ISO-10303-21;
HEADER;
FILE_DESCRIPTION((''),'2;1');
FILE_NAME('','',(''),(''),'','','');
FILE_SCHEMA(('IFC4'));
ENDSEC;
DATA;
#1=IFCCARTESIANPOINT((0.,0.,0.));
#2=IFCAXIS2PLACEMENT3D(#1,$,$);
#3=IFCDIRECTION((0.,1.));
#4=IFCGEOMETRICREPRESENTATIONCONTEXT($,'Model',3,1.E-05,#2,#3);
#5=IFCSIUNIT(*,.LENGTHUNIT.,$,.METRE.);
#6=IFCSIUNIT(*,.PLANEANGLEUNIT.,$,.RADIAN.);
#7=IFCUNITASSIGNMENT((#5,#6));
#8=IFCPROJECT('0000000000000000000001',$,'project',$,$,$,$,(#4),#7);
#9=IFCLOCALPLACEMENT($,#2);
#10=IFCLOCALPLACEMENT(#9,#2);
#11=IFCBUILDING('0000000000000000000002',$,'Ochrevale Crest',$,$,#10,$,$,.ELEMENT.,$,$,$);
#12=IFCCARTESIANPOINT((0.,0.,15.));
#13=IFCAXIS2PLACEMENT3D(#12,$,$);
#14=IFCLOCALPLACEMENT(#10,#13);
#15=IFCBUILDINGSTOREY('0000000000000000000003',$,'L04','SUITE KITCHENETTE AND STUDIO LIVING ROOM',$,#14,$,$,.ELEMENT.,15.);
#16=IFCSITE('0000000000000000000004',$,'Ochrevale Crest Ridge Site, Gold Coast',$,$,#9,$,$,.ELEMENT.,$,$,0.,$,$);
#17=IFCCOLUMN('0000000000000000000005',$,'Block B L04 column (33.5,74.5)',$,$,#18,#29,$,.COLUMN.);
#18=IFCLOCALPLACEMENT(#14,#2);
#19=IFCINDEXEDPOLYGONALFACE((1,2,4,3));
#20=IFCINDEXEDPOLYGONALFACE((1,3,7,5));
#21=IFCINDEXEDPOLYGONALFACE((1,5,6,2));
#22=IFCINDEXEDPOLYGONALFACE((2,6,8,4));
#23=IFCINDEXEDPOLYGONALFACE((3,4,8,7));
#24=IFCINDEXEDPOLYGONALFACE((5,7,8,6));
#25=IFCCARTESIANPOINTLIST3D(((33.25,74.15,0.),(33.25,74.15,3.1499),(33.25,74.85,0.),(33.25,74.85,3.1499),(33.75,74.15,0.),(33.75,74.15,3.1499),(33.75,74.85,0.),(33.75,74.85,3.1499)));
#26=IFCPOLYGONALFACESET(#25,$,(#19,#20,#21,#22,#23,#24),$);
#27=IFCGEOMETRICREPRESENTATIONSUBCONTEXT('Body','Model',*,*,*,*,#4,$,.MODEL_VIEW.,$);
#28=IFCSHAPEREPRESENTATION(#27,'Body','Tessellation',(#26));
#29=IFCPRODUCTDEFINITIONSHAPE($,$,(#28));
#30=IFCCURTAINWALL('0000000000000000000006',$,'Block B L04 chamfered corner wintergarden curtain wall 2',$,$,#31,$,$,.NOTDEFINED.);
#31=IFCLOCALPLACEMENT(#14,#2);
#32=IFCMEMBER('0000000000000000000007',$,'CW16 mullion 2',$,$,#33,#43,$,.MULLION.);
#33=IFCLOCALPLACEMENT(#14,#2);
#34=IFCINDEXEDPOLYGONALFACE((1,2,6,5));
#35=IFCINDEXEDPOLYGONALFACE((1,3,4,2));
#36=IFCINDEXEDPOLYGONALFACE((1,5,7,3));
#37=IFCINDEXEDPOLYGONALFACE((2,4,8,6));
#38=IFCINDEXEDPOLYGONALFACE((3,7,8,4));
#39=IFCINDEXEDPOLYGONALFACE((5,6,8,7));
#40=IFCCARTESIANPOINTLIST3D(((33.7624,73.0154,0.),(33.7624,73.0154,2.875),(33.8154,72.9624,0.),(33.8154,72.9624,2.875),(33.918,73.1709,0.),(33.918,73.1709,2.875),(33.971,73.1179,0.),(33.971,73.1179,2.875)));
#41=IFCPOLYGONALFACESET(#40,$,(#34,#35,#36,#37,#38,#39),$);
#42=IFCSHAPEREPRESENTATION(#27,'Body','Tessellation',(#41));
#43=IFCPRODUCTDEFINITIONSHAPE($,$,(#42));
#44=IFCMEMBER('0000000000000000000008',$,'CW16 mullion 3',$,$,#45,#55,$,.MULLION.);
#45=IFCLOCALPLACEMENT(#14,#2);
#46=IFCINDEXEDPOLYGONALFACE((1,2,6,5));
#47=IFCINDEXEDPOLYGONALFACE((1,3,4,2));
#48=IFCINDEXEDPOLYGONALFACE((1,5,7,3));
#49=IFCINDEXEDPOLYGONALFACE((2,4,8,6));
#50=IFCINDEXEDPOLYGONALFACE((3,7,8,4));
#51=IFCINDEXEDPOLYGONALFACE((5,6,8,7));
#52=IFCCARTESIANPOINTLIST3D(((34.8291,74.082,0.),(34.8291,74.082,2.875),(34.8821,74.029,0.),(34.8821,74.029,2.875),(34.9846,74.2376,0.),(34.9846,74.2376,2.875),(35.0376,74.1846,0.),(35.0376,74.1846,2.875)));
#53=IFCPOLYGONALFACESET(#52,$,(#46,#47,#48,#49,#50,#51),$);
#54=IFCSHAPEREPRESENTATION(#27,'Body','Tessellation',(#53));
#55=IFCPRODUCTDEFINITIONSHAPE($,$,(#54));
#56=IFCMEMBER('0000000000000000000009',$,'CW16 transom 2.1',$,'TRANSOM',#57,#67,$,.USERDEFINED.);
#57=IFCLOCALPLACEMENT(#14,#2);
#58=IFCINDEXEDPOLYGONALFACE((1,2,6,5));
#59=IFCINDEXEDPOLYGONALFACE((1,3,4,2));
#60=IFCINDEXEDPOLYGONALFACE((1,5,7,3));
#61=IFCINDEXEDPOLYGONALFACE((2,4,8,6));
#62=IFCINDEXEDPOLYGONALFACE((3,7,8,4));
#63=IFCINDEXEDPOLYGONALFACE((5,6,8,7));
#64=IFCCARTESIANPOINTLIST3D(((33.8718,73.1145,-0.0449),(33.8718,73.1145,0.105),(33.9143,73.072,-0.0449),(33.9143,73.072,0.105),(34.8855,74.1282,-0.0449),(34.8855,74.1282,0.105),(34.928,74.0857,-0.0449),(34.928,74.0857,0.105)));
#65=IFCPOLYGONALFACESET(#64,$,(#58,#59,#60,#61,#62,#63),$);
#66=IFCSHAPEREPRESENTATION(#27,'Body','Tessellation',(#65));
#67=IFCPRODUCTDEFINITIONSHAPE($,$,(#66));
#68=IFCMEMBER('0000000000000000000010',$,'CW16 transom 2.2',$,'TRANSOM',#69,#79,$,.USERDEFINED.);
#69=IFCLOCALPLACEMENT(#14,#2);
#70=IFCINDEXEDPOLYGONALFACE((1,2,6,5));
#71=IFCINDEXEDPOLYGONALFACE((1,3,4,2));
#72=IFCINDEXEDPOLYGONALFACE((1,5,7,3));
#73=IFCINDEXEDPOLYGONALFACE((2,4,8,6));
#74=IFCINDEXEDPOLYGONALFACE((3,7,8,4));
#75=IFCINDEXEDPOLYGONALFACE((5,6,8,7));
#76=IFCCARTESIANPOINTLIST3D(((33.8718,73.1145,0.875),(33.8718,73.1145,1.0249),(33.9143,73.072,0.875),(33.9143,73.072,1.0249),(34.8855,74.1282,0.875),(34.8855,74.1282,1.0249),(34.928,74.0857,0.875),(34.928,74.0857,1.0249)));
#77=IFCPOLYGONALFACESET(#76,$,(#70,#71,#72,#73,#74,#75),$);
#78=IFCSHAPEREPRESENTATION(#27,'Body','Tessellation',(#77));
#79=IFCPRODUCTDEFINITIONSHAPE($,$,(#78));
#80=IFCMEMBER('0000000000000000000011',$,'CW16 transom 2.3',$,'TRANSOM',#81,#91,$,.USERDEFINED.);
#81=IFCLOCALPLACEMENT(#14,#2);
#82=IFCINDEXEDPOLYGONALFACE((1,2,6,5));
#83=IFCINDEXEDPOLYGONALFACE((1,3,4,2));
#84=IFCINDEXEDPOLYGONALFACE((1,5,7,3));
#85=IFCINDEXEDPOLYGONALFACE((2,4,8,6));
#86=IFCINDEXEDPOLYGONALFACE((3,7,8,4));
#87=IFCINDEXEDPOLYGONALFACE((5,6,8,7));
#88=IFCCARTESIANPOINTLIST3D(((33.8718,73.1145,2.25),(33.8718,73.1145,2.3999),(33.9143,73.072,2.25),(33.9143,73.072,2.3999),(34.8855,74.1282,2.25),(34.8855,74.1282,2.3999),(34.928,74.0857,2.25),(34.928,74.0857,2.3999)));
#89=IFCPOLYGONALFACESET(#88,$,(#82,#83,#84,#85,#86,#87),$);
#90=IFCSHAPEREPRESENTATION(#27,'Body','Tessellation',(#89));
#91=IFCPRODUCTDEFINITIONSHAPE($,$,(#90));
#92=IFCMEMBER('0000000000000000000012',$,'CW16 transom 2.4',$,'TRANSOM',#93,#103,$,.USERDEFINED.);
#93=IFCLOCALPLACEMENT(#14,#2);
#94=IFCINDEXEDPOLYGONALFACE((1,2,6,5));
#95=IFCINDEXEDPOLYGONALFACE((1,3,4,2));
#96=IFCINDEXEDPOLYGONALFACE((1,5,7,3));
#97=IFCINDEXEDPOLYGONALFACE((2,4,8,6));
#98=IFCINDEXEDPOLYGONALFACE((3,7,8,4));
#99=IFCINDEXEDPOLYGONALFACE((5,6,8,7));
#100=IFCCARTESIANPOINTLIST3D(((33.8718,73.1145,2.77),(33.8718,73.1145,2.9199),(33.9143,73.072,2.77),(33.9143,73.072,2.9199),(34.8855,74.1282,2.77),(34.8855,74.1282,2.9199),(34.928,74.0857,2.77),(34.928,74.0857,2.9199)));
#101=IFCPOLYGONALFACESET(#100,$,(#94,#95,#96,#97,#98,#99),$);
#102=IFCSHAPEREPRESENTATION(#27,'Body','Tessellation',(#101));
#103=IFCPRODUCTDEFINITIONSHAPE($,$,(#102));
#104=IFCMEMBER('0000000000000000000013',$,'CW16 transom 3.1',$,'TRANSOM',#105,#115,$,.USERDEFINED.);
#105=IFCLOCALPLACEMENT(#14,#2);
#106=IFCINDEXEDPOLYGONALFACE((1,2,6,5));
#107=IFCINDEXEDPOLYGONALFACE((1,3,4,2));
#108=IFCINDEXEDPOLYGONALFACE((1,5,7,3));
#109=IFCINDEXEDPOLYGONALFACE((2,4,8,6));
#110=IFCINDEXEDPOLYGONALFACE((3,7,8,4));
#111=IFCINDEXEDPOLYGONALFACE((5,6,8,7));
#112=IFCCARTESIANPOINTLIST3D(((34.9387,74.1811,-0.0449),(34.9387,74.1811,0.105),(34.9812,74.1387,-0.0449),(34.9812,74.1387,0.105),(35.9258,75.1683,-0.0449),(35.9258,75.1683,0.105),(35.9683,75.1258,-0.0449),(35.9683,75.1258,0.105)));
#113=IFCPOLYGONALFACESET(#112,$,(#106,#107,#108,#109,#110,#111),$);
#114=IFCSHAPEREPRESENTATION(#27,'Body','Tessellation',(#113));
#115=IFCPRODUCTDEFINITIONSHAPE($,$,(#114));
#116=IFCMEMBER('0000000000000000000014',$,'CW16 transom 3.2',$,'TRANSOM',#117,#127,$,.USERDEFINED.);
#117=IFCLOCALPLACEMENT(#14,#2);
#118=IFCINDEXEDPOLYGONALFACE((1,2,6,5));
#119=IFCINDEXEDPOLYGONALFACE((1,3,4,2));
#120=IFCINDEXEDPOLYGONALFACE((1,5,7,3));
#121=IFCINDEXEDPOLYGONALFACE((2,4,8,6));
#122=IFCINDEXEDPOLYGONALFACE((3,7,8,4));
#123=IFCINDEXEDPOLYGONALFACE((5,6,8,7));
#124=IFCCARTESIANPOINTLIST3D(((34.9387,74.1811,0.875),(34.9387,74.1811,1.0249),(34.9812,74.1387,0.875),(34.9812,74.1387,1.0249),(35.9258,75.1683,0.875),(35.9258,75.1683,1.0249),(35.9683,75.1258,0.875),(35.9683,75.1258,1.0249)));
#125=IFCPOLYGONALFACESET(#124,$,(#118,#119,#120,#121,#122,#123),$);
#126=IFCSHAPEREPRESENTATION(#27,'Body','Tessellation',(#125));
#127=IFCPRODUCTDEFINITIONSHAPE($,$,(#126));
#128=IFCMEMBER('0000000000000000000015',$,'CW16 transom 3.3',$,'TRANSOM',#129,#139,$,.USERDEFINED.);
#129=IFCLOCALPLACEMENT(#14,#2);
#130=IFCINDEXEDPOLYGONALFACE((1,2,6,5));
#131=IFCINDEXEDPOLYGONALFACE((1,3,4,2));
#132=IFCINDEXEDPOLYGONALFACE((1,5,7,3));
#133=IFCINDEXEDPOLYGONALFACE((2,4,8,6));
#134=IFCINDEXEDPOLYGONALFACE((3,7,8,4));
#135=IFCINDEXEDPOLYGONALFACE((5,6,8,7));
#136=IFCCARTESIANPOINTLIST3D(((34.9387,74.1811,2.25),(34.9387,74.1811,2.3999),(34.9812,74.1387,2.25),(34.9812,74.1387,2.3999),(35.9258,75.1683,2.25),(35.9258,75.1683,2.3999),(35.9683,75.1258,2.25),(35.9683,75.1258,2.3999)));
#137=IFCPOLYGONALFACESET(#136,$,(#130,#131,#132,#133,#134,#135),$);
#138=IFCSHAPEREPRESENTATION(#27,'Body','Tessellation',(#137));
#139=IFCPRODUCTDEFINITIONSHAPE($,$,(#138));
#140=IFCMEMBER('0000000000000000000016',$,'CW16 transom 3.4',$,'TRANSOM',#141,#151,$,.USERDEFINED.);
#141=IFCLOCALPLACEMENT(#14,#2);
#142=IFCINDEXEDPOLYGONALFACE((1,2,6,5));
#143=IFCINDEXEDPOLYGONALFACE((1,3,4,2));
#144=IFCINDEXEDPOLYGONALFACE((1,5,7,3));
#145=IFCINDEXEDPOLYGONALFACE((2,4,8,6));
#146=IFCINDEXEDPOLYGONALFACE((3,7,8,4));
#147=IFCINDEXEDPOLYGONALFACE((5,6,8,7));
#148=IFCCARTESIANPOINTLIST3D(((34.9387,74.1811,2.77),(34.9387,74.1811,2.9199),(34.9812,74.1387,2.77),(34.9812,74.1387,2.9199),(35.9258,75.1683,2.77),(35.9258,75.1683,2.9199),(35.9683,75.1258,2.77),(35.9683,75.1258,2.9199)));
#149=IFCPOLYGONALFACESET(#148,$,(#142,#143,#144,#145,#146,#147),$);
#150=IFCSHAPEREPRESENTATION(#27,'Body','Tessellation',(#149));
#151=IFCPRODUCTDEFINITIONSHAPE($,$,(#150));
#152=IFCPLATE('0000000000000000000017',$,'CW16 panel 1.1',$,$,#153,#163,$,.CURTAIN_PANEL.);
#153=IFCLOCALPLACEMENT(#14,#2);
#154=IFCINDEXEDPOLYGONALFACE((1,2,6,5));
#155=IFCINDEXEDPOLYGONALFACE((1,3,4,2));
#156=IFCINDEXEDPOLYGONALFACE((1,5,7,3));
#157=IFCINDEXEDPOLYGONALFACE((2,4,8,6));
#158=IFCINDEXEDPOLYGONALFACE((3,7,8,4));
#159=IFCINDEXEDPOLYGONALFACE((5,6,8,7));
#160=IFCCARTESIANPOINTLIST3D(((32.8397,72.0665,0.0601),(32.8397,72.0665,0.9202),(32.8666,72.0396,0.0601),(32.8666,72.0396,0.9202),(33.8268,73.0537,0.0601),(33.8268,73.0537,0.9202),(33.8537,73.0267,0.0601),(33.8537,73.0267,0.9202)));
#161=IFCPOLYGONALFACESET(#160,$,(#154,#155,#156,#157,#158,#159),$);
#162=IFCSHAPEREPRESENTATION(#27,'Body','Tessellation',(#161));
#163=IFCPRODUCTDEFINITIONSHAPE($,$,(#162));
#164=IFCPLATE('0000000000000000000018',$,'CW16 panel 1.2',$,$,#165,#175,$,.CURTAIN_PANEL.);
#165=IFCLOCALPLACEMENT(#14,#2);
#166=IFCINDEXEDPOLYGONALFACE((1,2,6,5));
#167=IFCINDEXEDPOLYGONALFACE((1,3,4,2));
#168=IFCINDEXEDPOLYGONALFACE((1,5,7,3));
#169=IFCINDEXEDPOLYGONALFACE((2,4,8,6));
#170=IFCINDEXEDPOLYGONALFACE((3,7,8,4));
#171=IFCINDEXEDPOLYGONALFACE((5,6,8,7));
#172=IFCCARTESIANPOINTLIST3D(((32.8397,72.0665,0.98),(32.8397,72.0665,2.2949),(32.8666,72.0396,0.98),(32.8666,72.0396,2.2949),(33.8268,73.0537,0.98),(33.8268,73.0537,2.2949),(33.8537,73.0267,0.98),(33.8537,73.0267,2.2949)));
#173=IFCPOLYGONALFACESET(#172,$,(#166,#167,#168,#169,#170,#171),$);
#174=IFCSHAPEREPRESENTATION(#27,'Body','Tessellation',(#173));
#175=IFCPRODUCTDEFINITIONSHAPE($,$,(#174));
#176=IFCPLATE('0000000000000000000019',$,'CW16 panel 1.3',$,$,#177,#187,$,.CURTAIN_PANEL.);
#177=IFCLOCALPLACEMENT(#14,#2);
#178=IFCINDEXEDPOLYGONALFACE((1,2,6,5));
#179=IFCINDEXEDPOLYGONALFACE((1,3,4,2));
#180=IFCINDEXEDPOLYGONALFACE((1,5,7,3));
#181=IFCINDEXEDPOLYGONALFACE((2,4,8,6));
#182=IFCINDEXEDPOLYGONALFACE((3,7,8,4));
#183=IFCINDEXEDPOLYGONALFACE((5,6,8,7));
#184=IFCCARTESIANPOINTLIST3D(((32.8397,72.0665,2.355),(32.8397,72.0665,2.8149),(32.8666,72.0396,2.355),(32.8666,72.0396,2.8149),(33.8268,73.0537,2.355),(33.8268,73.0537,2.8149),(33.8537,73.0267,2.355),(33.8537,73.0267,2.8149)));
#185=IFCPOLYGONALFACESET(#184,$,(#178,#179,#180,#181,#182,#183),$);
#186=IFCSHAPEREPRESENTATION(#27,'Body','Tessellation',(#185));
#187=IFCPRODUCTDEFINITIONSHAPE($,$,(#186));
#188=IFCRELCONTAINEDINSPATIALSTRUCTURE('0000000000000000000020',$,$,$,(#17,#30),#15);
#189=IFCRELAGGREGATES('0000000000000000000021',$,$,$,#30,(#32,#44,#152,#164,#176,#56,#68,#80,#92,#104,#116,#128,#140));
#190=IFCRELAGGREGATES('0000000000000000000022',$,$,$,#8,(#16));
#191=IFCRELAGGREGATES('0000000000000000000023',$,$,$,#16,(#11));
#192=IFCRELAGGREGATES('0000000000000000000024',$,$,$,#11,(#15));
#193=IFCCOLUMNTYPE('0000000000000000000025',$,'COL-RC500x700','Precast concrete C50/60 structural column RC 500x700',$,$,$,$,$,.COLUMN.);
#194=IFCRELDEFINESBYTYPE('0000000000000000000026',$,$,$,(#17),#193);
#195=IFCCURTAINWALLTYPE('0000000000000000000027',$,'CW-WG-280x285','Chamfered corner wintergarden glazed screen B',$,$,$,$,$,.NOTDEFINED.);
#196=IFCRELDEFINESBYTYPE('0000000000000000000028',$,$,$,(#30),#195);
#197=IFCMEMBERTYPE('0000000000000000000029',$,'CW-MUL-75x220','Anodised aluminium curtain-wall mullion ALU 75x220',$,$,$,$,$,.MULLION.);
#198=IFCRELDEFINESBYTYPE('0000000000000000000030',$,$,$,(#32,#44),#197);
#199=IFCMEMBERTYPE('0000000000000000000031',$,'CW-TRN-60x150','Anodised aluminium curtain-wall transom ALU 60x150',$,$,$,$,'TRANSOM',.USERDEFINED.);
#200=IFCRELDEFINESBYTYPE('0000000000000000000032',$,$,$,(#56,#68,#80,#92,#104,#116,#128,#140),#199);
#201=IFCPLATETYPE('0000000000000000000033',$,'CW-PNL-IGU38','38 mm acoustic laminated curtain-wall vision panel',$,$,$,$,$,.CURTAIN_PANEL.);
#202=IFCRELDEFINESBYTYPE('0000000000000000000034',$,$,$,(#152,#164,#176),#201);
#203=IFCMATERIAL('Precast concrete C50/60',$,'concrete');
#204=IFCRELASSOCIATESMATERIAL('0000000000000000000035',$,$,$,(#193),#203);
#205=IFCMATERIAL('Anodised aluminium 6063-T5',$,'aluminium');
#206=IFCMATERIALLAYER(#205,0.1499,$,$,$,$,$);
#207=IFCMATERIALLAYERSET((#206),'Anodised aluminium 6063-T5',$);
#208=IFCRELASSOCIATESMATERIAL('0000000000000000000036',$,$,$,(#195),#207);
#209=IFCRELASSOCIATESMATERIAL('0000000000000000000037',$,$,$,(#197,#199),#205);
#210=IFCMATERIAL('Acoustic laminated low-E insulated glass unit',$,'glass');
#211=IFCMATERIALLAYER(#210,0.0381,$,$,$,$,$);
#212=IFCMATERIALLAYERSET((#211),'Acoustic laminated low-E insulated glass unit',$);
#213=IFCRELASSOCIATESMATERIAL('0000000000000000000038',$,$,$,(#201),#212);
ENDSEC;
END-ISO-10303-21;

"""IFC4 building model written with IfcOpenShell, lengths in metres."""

from ifc_helpers import new_model, si_unit, direction, frame, origin, origin_2d, place, context, subcontext, project, spatial, rectangle, extrude, material, layer, layer_set, material_profile, profile_set, type_object, element, aggregate, save


model = new_model("IFC4")

# Units and contexts
model_context = context("Model", 3, precision=1e-05, world=origin(), true_north=direction((0.0, 1.0)))
body_context = subcontext(model_context, "Body", "Model", "MODEL_VIEW")
ifc_project = project(units=[si_unit("LENGTHUNIT", "METRE"), si_unit("PLANEANGLEUNIT", "RADIAN")], contexts=[model_context])

# Site, building, storey
site_placement = place(None, origin())
site = spatial("IfcSite", under=ifc_project, at=site_placement, Name="Ochrevale Crest Ridge Site, Gold Coast", CompositionType="ELEMENT", RefElevation=0.0)
building_placement = place(site_placement, origin())
building = spatial("IfcBuilding", under=site, at=building_placement, Name="Ochrevale Crest", CompositionType="ELEMENT")
storey_placement = place(building_placement, frame((0.0, 0.0, 15.0)))
storey = spatial("IfcBuildingStorey", under=building, at=storey_placement, Name="L04", Description="SUITE KITCHENETTE AND STUDIO LIVING ROOM", CompositionType="ELEMENT", Elevation=15.0)

# Column
ifc_material_1 = material(Name="Precast concrete C50/60", Category="concrete")
ifc_material_profile_1 = material_profile(ifc_material_1, rectangle(XDim=0.5, YDim=0.7, at=origin_2d()), Name="RC 500x700")
ifc_profile_set_1 = profile_set([ifc_material_profile_1], Name="Precast concrete C50/60")
column_type = type_object("IfcColumnType", Name="COL-RC500x700", Description="Precast concrete C50/60 structural column RC 500x700", PredefinedType="COLUMN", material=ifc_profile_set_1)
column_placement = place(storey_placement, frame((33.5, 74.5, 0.0), z_axis=(0.0, 0.0, 1.0), x_axis=(1.0, 0.0, 0.0)))
element("IfcColumn", 1, at=column_placement, inside=storey, type_object=column_type, Name="Block B L04 column (33.5,74.5)", PredefinedType="COLUMN", context=body_context, shape_type="SweptSolid", body=[
    extrude(rectangle(XDim=0.5, YDim=0.7, at=origin_2d()), origin(), (0.0, 0.0, 1.0), 3.1499),
])

# Curtain wall, members, plates
ifc_material_2 = material(Name="Anodised aluminium 6063-T5", Category="aluminium")
ifc_layer_1 = layer(ifc_material_2, 0.1499)
ifc_layer_set_1 = layer_set([ifc_layer_1], Name="Anodised aluminium 6063-T5")
curtain_wall_type = type_object("IfcCurtainWallType", Name="CW-WG-280x285", Description="Chamfered corner wintergarden glazed screen B", PredefinedType="NOTDEFINED", material=ifc_layer_set_1)
curtain_wall_placement = place(storey_placement, origin())
curtain_wall = element("IfcCurtainWall", 2, at=curtain_wall_placement, inside=storey, type_object=curtain_wall_type, Name="Block B L04 chamfered corner wintergarden curtain wall 2", PredefinedType="NOTDEFINED")
ifc_material_profile_2 = material_profile(ifc_material_2, rectangle(XDim=0.075, YDim=0.22, at=origin_2d()), Name="ALU 75x220")
ifc_profile_set_2 = profile_set([ifc_material_profile_2], Name="Anodised aluminium 6063-T5")
member_type_1 = type_object("IfcMemberType", Name="CW-MUL-75x220", Description="Anodised aluminium curtain-wall mullion ALU 75x220", PredefinedType="MULLION", material=ifc_profile_set_2)
member_1_placement = place(storey_placement, frame((33.8667, 73.0667, 0.0), z_axis=(0.0, 0.0, 1.0), x_axis=(-0.707107, 0.707107, 0.0)))
member_1 = element("IfcMember", 3, at=member_1_placement, type_object=member_type_1, Name="CW16 mullion 2", PredefinedType="MULLION", context=body_context, shape_type="SweptSolid", body=[
    extrude(rectangle(XDim=0.075, YDim=0.22, at=origin_2d()), origin(), (0.0, 0.0, 1.0), 2.875),
])
member_2_placement = place(storey_placement, frame((34.9333, 74.1333, 0.0), z_axis=(0.0, 0.0, 1.0), x_axis=(-0.707107, 0.707107, 0.0)))
member_2 = element("IfcMember", 4, at=member_2_placement, type_object=member_type_1, Name="CW16 mullion 3", PredefinedType="MULLION", context=body_context, shape_type="SweptSolid", body=[
    extrude(rectangle(XDim=0.075, YDim=0.22, at=origin_2d()), origin(), (0.0, 0.0, 1.0), 2.875),
])
ifc_material_profile_3 = material_profile(ifc_material_2, rectangle(XDim=0.0601, YDim=0.1499, at=origin_2d()), Name="ALU 60x150")
ifc_profile_set_3 = profile_set([ifc_material_profile_3], Name="Anodised aluminium 6063-T5")
member_type_2 = type_object("IfcMemberType", Name="CW-TRN-60x150", Description="Anodised aluminium curtain-wall transom ALU 60x150", ElementType="TRANSOM", PredefinedType="USERDEFINED", material=ifc_profile_set_3)
member_3_placement = place(storey_placement, frame((33.8931, 73.0933, 0.03), z_axis=(0.707107, 0.707107, 0.0), x_axis=(-0.707107, 0.707107, 0.0)))
member_3 = element("IfcMember", 5, at=member_3_placement, type_object=member_type_2, Name="CW16 transom 2.1", ObjectType="TRANSOM", PredefinedType="USERDEFINED", context=body_context, shape_type="SweptSolid", body=[
    extrude(rectangle(XDim=0.0601, YDim=0.1499, at=origin_2d()), origin(), (0.0, 0.0, 1.0), 1.4336),
])
member_4_placement = place(storey_placement, frame((33.8931, 73.0933, 0.95), z_axis=(0.707107, 0.707107, 0.0), x_axis=(-0.707107, 0.707107, 0.0)))
member_4 = element("IfcMember", 6, at=member_4_placement, type_object=member_type_2, Name="CW16 transom 2.2", ObjectType="TRANSOM", PredefinedType="USERDEFINED", context=body_context, shape_type="SweptSolid", body=[
    extrude(rectangle(XDim=0.0601, YDim=0.1499, at=origin_2d()), origin(), (0.0, 0.0, 1.0), 1.4336),
])
member_5_placement = place(storey_placement, frame((33.8931, 73.0933, 2.325), z_axis=(0.707107, 0.707107, 0.0), x_axis=(-0.707107, 0.707107, 0.0)))
member_5 = element("IfcMember", 7, at=member_5_placement, type_object=member_type_2, Name="CW16 transom 2.3", ObjectType="TRANSOM", PredefinedType="USERDEFINED", context=body_context, shape_type="SweptSolid", body=[
    extrude(rectangle(XDim=0.0601, YDim=0.1499, at=origin_2d()), origin(), (0.0, 0.0, 1.0), 1.4336),
])
member_6_placement = place(storey_placement, frame((33.8931, 73.0933, 2.845), z_axis=(0.707107, 0.707107, 0.0), x_axis=(-0.707107, 0.707107, 0.0)))
member_6 = element("IfcMember", 8, at=member_6_placement, type_object=member_type_2, Name="CW16 transom 2.4", ObjectType="TRANSOM", PredefinedType="USERDEFINED", context=body_context, shape_type="SweptSolid", body=[
    extrude(rectangle(XDim=0.0601, YDim=0.1499, at=origin_2d()), origin(), (0.0, 0.0, 1.0), 1.4336),
])
member_7_placement = place(storey_placement, frame((34.96, 74.1599, 0.03), z_axis=(0.707107, 0.707107, 0.0), x_axis=(-0.707107, 0.707107, 0.0)))
member_7 = element("IfcMember", 9, at=member_7_placement, type_object=member_type_2, Name="CW16 transom 3.1", ObjectType="TRANSOM", PredefinedType="USERDEFINED", context=body_context, shape_type="SweptSolid", body=[
    extrude(rectangle(XDim=0.0601, YDim=0.1499, at=origin_2d()), origin(), (0.0, 0.0, 1.0), 1.396),
])
member_8_placement = place(storey_placement, frame((34.96, 74.1599, 0.95), z_axis=(0.707107, 0.707107, 0.0), x_axis=(-0.707107, 0.707107, 0.0)))
member_8 = element("IfcMember", 10, at=member_8_placement, type_object=member_type_2, Name="CW16 transom 3.2", ObjectType="TRANSOM", PredefinedType="USERDEFINED", context=body_context, shape_type="SweptSolid", body=[
    extrude(rectangle(XDim=0.0601, YDim=0.1499, at=origin_2d()), origin(), (0.0, 0.0, 1.0), 1.396),
])
member_9_placement = place(storey_placement, frame((34.96, 74.1599, 2.325), z_axis=(0.707107, 0.707107, 0.0), x_axis=(-0.707107, 0.707107, 0.0)))
member_9 = element("IfcMember", 11, at=member_9_placement, type_object=member_type_2, Name="CW16 transom 3.3", ObjectType="TRANSOM", PredefinedType="USERDEFINED", context=body_context, shape_type="SweptSolid", body=[
    extrude(rectangle(XDim=0.0601, YDim=0.1499, at=origin_2d()), origin(), (0.0, 0.0, 1.0), 1.396),
])
member_10_placement = place(storey_placement, frame((34.96, 74.1599, 2.845), z_axis=(0.707107, 0.707107, 0.0), x_axis=(-0.707107, 0.707107, 0.0)))
member_10 = element("IfcMember", 12, at=member_10_placement, type_object=member_type_2, Name="CW16 transom 3.4", ObjectType="TRANSOM", PredefinedType="USERDEFINED", context=body_context, shape_type="SweptSolid", body=[
    extrude(rectangle(XDim=0.0601, YDim=0.1499, at=origin_2d()), origin(), (0.0, 0.0, 1.0), 1.396),
])
ifc_material_3 = material(Name="Acoustic laminated low-E insulated glass unit", Category="glass")
ifc_layer_2 = layer(ifc_material_3, 0.0381)
ifc_layer_set_2 = layer_set([ifc_layer_2], Name="Acoustic laminated low-E insulated glass unit")
plate_type = type_object("IfcPlateType", Name="CW-PNL-IGU38", Description="38 mm acoustic laminated curtain-wall vision panel", PredefinedType="CURTAIN_PANEL", material=ifc_layer_set_2)
plate_1_placement = place(storey_placement, frame((33.3467, 72.5466, 0.0601), z_axis=(0.0, 0.0, 1.0), x_axis=(0.707107, 0.707107, 0.0)))
plate_1 = element("IfcPlate", 13, at=plate_1_placement, type_object=plate_type, Name="CW16 panel 1.1", PredefinedType="CURTAIN_PANEL", context=body_context, shape_type="SweptSolid", body=[
    extrude(rectangle(XDim=1.396, YDim=0.0381, at=origin_2d()), origin(), (0.0, 0.0, 1.0), 0.8601),
])
plate_2_placement = place(storey_placement, frame((33.3467, 72.5466, 0.98), z_axis=(0.0, 0.0, 1.0), x_axis=(0.707107, 0.707107, 0.0)))
plate_2 = element("IfcPlate", 14, at=plate_2_placement, type_object=plate_type, Name="CW16 panel 1.2", PredefinedType="CURTAIN_PANEL", context=body_context, shape_type="SweptSolid", body=[
    extrude(rectangle(XDim=1.396, YDim=0.0381, at=origin_2d()), origin(), (0.0, 0.0, 1.0), 1.3149),
])
plate_3_placement = place(storey_placement, frame((33.3467, 72.5466, 2.355), z_axis=(0.0, 0.0, 1.0), x_axis=(0.707107, 0.707107, 0.0)))
plate_3 = element("IfcPlate", 15, at=plate_3_placement, type_object=plate_type, Name="CW16 panel 1.3", PredefinedType="CURTAIN_PANEL", context=body_context, shape_type="SweptSolid", body=[
    extrude(rectangle(XDim=1.396, YDim=0.0381, at=origin_2d()), origin(), (0.0, 0.0, 1.0), 0.46),
])
aggregate(curtain_wall, [member_1, member_2, plate_1, plate_2, plate_3, member_3, member_4, member_5, member_6, member_7, member_8, member_9, member_10])

save(model, "model.ifc")
